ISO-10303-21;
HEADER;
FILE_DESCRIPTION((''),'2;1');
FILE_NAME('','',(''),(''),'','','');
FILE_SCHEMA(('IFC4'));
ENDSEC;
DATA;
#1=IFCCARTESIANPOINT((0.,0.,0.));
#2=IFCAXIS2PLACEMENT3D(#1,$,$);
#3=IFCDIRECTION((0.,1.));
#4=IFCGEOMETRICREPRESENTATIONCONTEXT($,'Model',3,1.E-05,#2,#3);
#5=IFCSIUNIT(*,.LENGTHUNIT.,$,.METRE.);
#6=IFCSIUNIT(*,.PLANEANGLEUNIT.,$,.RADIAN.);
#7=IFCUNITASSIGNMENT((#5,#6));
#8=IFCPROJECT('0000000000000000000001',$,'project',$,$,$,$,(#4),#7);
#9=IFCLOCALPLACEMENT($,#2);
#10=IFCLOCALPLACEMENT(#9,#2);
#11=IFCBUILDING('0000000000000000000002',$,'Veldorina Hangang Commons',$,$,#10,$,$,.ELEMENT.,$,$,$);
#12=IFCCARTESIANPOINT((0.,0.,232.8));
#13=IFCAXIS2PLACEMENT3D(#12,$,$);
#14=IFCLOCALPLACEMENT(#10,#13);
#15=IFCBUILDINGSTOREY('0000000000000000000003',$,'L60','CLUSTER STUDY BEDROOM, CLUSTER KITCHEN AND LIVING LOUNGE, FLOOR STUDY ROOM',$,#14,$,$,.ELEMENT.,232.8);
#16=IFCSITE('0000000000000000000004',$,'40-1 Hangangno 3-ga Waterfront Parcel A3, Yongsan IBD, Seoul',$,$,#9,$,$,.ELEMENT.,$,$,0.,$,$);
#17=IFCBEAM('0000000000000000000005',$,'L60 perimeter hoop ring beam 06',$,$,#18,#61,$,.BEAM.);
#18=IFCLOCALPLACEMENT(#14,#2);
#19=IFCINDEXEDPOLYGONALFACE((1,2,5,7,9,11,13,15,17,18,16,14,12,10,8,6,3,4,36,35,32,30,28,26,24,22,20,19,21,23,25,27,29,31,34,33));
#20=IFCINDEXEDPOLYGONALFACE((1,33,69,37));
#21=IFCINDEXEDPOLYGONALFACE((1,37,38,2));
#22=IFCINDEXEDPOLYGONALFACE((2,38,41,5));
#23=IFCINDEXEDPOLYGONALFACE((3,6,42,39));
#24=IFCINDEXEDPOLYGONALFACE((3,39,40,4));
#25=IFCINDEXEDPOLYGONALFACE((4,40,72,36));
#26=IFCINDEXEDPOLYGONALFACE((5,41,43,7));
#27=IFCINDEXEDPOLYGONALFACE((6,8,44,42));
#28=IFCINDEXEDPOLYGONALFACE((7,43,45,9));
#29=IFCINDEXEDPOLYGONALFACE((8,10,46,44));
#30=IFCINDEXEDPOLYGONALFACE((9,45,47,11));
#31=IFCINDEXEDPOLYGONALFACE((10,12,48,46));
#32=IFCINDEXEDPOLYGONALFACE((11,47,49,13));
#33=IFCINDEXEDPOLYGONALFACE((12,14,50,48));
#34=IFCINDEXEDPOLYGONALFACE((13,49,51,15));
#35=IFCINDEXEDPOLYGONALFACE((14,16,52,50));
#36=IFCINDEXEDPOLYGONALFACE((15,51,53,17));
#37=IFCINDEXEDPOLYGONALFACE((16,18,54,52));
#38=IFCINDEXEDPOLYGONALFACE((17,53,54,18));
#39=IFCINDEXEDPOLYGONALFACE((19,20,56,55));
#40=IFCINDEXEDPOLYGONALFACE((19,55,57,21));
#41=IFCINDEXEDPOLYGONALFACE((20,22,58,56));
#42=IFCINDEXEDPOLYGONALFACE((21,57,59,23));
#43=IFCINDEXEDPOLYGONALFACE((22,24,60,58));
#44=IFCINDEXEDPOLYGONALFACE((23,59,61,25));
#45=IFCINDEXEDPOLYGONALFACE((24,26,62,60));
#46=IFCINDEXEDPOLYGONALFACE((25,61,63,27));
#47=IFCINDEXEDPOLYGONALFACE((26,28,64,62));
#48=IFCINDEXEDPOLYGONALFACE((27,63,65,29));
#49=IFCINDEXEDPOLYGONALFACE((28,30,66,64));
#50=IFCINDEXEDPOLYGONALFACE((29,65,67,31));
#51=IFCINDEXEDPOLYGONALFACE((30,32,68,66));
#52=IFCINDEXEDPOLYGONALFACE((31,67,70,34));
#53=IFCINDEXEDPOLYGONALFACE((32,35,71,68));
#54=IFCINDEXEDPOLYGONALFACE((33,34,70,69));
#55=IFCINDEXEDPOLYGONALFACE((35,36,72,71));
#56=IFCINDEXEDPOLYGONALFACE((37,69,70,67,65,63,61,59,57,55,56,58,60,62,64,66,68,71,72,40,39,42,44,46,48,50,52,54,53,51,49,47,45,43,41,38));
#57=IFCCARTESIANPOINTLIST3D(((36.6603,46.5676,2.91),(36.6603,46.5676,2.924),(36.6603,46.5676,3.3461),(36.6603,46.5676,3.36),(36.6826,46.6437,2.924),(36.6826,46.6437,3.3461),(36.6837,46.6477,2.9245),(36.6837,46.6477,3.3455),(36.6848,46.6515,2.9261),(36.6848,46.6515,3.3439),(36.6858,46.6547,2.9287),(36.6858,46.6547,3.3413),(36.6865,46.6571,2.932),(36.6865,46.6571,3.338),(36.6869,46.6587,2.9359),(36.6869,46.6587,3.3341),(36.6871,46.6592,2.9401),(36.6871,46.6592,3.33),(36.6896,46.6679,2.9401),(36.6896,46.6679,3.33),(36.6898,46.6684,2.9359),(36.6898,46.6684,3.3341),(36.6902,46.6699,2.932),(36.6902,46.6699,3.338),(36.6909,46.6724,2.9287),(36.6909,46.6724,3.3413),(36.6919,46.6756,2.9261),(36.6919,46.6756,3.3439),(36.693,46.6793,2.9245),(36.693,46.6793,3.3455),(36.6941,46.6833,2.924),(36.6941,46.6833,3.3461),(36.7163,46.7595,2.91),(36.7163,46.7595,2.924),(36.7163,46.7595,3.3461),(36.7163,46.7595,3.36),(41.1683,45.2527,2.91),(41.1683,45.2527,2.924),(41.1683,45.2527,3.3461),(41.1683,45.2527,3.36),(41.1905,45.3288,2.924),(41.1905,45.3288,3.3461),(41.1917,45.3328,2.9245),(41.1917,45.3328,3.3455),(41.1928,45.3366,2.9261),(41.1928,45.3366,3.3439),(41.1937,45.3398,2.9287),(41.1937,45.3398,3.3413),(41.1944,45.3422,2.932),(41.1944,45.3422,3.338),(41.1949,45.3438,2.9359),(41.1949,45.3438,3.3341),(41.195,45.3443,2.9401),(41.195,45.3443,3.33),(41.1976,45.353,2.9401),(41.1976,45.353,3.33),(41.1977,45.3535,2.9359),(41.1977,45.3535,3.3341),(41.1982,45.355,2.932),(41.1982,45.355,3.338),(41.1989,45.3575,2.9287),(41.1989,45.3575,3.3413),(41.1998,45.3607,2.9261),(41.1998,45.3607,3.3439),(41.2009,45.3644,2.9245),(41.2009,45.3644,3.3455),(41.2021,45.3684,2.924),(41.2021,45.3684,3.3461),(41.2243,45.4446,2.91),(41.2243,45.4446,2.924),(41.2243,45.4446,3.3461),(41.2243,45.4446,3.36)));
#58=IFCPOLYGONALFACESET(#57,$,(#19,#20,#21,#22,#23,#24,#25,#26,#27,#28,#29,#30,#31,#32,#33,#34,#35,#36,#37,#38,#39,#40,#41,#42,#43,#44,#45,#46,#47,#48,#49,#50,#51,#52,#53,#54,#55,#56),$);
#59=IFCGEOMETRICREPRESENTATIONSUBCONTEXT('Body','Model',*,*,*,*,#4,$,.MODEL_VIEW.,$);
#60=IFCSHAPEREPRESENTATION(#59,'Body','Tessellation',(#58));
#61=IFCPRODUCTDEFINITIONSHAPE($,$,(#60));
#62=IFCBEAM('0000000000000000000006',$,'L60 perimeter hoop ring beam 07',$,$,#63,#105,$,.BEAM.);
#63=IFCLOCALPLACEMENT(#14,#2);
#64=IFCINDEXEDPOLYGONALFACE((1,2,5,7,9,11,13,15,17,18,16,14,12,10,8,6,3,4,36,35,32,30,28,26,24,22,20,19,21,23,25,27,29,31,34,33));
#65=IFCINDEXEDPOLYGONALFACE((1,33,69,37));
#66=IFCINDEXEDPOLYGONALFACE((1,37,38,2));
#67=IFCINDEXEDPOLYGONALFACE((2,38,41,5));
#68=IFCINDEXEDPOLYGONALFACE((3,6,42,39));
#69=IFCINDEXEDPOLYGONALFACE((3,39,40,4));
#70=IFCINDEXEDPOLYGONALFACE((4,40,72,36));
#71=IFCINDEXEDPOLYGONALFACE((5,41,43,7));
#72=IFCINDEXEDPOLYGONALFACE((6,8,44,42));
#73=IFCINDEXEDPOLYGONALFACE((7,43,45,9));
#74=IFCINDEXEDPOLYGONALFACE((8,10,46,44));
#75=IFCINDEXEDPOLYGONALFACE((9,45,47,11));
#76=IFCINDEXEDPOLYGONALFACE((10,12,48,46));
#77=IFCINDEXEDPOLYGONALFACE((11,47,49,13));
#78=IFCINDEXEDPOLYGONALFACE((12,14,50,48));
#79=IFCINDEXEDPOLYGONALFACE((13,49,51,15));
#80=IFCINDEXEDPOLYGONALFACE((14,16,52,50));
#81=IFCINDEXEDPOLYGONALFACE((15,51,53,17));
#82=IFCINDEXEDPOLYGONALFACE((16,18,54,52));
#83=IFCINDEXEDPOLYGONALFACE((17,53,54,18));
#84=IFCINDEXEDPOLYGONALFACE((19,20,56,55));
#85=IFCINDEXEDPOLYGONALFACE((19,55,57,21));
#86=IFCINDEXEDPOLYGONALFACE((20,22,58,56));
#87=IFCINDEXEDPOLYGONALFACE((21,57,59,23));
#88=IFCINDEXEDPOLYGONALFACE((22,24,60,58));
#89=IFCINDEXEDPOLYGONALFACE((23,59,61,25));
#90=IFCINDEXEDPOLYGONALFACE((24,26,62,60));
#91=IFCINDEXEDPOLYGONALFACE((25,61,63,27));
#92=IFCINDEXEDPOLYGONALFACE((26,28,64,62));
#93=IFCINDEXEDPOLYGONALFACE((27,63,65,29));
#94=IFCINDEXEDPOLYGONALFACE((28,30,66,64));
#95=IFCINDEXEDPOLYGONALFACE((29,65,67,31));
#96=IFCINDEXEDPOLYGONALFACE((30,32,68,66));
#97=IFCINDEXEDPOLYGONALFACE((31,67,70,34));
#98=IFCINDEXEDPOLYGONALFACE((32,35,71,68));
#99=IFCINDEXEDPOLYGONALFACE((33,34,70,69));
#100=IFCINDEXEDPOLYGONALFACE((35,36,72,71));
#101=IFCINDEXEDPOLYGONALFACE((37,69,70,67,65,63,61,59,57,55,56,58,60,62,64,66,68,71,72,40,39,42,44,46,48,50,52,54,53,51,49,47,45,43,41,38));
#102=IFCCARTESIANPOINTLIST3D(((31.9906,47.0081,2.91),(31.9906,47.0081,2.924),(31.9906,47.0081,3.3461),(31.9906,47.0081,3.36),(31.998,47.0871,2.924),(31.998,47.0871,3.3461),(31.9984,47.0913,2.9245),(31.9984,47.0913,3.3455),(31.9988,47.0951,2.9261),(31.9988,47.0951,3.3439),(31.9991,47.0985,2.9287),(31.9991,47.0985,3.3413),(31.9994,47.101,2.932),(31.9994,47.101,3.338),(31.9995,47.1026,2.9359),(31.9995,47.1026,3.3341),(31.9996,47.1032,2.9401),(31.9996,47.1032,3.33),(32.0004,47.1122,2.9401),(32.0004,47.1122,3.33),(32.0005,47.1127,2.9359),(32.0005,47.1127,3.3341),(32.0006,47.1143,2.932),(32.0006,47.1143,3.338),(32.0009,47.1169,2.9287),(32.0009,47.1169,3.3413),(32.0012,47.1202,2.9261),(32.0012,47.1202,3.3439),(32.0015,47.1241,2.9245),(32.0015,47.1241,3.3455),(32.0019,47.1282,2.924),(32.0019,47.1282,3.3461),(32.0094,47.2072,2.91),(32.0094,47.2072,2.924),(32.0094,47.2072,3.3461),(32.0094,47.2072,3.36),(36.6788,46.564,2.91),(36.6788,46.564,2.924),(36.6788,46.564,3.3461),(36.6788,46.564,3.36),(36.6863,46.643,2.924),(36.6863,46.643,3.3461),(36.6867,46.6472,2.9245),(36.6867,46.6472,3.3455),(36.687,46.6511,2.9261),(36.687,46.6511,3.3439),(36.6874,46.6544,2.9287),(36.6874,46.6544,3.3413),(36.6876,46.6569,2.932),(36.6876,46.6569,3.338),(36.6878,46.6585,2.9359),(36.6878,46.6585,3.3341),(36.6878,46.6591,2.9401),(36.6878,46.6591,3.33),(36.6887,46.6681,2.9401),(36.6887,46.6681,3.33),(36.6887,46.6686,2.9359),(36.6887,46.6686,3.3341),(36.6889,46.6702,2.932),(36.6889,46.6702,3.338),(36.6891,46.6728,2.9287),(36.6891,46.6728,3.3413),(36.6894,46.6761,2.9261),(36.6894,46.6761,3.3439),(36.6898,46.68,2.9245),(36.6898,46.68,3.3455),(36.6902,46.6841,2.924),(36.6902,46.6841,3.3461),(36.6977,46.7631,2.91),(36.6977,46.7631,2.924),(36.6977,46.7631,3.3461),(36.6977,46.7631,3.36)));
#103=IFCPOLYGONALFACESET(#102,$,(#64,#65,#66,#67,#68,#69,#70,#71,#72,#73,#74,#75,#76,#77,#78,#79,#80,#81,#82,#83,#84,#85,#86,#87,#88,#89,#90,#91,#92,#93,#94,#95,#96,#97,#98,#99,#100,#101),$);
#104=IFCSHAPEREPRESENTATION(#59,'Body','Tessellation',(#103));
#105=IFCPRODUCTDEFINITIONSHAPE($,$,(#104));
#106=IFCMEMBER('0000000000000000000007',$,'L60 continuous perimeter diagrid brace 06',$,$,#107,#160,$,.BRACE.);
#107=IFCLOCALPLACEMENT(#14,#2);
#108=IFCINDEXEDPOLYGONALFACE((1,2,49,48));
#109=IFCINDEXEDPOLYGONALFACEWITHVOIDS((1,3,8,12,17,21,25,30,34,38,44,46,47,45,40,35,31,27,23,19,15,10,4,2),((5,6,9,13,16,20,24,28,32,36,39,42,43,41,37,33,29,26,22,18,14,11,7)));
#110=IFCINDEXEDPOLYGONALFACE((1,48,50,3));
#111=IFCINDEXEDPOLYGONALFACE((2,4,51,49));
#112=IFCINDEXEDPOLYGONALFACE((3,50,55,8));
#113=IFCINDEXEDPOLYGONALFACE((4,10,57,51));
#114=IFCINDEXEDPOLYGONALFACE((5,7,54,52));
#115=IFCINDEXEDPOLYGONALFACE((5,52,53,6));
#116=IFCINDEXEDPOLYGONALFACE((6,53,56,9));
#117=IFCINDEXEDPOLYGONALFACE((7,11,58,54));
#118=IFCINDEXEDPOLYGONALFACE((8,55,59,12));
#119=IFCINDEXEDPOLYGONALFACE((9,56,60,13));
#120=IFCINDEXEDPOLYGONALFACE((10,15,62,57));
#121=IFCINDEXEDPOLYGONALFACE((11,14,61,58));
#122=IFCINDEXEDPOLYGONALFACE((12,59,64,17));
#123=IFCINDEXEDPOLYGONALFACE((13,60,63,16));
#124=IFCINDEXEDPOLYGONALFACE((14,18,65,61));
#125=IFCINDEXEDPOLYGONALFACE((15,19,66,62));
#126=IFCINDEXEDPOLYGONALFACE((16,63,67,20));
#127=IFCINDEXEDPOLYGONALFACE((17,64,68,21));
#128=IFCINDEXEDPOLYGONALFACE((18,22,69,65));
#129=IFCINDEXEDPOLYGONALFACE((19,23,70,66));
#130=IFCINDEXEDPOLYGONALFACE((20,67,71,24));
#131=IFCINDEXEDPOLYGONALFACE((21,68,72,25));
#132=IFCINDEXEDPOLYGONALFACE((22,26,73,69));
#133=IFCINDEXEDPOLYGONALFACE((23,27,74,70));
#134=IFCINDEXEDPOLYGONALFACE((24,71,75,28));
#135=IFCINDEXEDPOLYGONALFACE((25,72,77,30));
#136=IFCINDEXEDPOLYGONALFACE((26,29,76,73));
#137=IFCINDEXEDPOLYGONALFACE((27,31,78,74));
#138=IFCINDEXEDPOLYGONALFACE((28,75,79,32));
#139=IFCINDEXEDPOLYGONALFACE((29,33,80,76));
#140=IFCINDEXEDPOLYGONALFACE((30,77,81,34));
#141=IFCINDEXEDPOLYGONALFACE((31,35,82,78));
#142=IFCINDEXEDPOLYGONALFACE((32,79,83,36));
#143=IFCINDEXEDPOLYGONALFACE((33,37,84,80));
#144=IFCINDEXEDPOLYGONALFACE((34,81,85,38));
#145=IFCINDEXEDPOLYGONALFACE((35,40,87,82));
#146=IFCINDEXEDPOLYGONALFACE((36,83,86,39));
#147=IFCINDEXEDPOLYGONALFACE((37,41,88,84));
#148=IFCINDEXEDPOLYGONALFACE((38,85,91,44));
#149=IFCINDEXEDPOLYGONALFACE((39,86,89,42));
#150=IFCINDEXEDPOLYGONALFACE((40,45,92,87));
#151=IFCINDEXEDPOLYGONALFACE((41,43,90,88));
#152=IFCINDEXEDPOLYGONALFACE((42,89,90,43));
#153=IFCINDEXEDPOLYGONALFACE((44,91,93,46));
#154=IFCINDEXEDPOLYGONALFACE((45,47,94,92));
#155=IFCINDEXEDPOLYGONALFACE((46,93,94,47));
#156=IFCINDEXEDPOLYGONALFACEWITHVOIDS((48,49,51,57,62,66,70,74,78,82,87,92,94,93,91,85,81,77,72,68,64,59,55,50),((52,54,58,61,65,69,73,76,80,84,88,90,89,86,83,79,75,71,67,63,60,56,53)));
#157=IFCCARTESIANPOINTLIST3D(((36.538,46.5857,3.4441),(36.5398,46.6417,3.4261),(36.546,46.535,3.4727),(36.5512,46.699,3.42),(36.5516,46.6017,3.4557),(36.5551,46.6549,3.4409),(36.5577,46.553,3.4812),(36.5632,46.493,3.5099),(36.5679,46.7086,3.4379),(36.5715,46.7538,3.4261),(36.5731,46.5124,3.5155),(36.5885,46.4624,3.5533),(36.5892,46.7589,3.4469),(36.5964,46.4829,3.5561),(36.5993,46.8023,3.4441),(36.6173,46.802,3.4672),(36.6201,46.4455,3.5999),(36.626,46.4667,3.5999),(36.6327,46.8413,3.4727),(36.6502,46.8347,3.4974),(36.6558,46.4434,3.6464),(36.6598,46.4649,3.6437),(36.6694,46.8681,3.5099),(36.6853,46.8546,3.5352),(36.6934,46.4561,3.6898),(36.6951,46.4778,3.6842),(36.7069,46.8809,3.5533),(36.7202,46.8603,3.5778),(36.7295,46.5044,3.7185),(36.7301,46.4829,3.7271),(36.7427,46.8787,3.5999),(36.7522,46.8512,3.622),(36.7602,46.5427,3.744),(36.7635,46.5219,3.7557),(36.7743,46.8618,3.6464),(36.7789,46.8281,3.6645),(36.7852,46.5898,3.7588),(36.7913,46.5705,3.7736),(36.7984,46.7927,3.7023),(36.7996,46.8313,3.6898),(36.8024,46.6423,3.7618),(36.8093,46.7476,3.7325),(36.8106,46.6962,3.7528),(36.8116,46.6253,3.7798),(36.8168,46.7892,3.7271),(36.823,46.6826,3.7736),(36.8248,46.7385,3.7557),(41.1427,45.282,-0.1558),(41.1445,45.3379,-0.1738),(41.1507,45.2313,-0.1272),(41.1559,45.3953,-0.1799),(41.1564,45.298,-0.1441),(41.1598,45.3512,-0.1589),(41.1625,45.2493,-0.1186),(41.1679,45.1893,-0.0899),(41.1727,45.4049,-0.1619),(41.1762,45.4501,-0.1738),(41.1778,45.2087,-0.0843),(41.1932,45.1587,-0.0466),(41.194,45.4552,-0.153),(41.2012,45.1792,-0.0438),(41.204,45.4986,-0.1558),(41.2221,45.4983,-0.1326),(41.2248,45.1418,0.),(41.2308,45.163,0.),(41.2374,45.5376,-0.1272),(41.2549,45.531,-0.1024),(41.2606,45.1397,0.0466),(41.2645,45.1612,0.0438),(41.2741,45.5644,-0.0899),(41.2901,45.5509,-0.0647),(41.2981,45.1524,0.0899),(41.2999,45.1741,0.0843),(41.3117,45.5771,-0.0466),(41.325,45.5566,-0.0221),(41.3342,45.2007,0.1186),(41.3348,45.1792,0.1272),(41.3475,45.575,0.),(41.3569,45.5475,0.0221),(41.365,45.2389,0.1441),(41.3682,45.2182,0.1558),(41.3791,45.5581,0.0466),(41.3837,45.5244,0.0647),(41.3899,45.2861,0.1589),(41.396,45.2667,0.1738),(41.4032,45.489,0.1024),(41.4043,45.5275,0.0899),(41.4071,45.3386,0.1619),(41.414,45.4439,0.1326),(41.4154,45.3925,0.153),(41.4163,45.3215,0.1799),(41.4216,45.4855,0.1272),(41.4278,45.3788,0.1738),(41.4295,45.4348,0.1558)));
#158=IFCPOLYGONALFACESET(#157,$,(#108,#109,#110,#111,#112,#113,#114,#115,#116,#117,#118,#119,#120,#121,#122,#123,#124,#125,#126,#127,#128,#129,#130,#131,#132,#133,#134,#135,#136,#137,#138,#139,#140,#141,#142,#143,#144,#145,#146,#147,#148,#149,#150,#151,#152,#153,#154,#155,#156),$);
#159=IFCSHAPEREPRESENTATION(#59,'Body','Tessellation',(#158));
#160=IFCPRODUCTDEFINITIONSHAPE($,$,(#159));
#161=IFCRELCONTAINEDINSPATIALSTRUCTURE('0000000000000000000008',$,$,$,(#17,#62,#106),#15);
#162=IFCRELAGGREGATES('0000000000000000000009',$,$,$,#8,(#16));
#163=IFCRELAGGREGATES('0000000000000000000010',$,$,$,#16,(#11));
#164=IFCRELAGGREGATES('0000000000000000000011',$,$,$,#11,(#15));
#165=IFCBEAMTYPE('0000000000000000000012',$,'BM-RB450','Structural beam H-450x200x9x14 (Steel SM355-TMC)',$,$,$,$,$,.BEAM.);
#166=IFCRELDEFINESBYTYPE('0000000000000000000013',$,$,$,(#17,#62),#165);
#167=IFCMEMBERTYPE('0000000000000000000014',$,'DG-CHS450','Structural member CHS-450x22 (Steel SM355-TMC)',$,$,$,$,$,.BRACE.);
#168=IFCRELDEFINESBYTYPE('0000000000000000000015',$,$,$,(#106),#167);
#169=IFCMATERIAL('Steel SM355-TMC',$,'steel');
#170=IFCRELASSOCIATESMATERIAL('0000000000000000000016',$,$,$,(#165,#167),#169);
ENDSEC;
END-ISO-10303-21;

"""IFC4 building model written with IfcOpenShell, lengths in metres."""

from ifc_helpers import new_model, si_unit, direction, frame, origin, origin_2d, place, context, subcontext, project, spatial, hollow_circle, i_section, extrude, material, material_profile, profile_set, type_object, element, save


model = new_model("IFC4")

# Units and contexts
model_context = context("Model", 3, precision=1e-05, world=origin(), true_north=direction((0.0, 1.0)))
body_context = subcontext(model_context, "Body", "Model", "MODEL_VIEW")
ifc_project = project(units=[si_unit("LENGTHUNIT", "METRE"), si_unit("PLANEANGLEUNIT", "RADIAN")], contexts=[model_context])

# Site, building, storey
site_placement = place(None, origin())
site = spatial("IfcSite", under=ifc_project, at=site_placement, Name="40-1 Hangangno 3-ga Waterfront Parcel A3, Yongsan IBD, Seoul", CompositionType="ELEMENT", RefElevation=0.0)
building_placement = place(site_placement, origin())
building = spatial("IfcBuilding", under=site, at=building_placement, Name="Veldorina Hangang Commons", CompositionType="ELEMENT")
storey_placement = place(building_placement, frame((0.0, 0.0, 232.8)))
storey = spatial("IfcBuildingStorey", under=building, at=storey_placement, Name="L60", Description="CLUSTER STUDY BEDROOM, CLUSTER KITCHEN AND LIVING LOUNGE, FLOOR STUDY ROOM", CompositionType="ELEMENT", Elevation=232.8)

# Beams
ifc_material_1 = material(Name="Steel SM355-TMC", Category="steel")
ifc_material_profile_1 = material_profile(ifc_material_1, i_section(OverallWidth=0.2, OverallDepth=0.45, WebThickness=0.009, FlangeThickness=0.0139, FilletRadius=0.0161, at=origin_2d()), Name="H-450x200x9x14")
ifc_profile_set_1 = profile_set([ifc_material_profile_1], Name="Steel SM355-TMC")
beam_type = type_object("IfcBeamType", Name="BM-RB450", Description="Structural beam H-450x200x9x14 (Steel SM355-TMC)", PredefinedType="BEAM", material=ifc_profile_set_1)
beam_1_placement = place(storey_placement, frame((41.1963, 45.3486, 3.135), z_axis=(-0.959995, 0.280018, 0.0), x_axis=(-0.280018, -0.959995, 0.0)))
element("IfcBeam", 1, at=beam_1_placement, inside=storey, type_object=beam_type, Name="L60 perimeter hoop ring beam 06", PredefinedType="BEAM", context=body_context, shape_type="SweptSolid", body=[
    extrude(i_section(OverallWidth=0.2, OverallDepth=0.45, WebThickness=0.009, FlangeThickness=0.0139, FilletRadius=0.0161, at=origin_2d()), origin(), (0.0, 0.0, 1.0), 4.6958),
])
beam_2_placement = place(storey_placement, frame((36.6882, 46.6636, 3.135), z_axis=(-0.995544, 0.094303, 0.0), x_axis=(-0.094303, -0.995544, 0.0)))
element("IfcBeam", 2, at=beam_2_placement, inside=storey, type_object=beam_type, Name="L60 perimeter hoop ring beam 07", PredefinedType="BEAM", context=body_context, shape_type="SweptSolid", body=[
    extrude(i_section(OverallWidth=0.2, OverallDepth=0.45, WebThickness=0.009, FlangeThickness=0.0139, FilletRadius=0.0161, at=origin_2d()), origin(), (0.0, 0.0, 1.0), 4.7092),
])

# Member
ifc_material_profile_2 = material_profile(ifc_material_1, hollow_circle(Radius=0.2251, WallThickness=0.022, at=origin_2d()), Name="CHS-450x22")
ifc_profile_set_2 = profile_set([ifc_material_profile_2], Name="Steel SM355-TMC")
member_type_1 = type_object("IfcMemberType", Name="DG-CHS450", Description="Structural member CHS-450x22 (Steel SM355-TMC)", PredefinedType="BRACE", material=ifc_profile_set_2)
member_1_placement = place(storey_placement, frame((41.2861, 45.3584, 0.0), z_axis=(-0.768929, 0.217702, 0.601127), x_axis=(-0.272416, -0.96218, 0.0)))
element("IfcMember", 3, at=member_1_placement, inside=storey, type_object=member_type_1, Name="L60 continuous perimeter diagrid brace 06", PredefinedType="BRACE", context=body_context, shape_type="SweptSolid", body=[
    extrude(hollow_circle(Radius=0.2251, WallThickness=0.022, at=origin_2d()), origin(), (0.0, 0.0, 1.0), 5.9885),
])

save(model, "model.ifc")
